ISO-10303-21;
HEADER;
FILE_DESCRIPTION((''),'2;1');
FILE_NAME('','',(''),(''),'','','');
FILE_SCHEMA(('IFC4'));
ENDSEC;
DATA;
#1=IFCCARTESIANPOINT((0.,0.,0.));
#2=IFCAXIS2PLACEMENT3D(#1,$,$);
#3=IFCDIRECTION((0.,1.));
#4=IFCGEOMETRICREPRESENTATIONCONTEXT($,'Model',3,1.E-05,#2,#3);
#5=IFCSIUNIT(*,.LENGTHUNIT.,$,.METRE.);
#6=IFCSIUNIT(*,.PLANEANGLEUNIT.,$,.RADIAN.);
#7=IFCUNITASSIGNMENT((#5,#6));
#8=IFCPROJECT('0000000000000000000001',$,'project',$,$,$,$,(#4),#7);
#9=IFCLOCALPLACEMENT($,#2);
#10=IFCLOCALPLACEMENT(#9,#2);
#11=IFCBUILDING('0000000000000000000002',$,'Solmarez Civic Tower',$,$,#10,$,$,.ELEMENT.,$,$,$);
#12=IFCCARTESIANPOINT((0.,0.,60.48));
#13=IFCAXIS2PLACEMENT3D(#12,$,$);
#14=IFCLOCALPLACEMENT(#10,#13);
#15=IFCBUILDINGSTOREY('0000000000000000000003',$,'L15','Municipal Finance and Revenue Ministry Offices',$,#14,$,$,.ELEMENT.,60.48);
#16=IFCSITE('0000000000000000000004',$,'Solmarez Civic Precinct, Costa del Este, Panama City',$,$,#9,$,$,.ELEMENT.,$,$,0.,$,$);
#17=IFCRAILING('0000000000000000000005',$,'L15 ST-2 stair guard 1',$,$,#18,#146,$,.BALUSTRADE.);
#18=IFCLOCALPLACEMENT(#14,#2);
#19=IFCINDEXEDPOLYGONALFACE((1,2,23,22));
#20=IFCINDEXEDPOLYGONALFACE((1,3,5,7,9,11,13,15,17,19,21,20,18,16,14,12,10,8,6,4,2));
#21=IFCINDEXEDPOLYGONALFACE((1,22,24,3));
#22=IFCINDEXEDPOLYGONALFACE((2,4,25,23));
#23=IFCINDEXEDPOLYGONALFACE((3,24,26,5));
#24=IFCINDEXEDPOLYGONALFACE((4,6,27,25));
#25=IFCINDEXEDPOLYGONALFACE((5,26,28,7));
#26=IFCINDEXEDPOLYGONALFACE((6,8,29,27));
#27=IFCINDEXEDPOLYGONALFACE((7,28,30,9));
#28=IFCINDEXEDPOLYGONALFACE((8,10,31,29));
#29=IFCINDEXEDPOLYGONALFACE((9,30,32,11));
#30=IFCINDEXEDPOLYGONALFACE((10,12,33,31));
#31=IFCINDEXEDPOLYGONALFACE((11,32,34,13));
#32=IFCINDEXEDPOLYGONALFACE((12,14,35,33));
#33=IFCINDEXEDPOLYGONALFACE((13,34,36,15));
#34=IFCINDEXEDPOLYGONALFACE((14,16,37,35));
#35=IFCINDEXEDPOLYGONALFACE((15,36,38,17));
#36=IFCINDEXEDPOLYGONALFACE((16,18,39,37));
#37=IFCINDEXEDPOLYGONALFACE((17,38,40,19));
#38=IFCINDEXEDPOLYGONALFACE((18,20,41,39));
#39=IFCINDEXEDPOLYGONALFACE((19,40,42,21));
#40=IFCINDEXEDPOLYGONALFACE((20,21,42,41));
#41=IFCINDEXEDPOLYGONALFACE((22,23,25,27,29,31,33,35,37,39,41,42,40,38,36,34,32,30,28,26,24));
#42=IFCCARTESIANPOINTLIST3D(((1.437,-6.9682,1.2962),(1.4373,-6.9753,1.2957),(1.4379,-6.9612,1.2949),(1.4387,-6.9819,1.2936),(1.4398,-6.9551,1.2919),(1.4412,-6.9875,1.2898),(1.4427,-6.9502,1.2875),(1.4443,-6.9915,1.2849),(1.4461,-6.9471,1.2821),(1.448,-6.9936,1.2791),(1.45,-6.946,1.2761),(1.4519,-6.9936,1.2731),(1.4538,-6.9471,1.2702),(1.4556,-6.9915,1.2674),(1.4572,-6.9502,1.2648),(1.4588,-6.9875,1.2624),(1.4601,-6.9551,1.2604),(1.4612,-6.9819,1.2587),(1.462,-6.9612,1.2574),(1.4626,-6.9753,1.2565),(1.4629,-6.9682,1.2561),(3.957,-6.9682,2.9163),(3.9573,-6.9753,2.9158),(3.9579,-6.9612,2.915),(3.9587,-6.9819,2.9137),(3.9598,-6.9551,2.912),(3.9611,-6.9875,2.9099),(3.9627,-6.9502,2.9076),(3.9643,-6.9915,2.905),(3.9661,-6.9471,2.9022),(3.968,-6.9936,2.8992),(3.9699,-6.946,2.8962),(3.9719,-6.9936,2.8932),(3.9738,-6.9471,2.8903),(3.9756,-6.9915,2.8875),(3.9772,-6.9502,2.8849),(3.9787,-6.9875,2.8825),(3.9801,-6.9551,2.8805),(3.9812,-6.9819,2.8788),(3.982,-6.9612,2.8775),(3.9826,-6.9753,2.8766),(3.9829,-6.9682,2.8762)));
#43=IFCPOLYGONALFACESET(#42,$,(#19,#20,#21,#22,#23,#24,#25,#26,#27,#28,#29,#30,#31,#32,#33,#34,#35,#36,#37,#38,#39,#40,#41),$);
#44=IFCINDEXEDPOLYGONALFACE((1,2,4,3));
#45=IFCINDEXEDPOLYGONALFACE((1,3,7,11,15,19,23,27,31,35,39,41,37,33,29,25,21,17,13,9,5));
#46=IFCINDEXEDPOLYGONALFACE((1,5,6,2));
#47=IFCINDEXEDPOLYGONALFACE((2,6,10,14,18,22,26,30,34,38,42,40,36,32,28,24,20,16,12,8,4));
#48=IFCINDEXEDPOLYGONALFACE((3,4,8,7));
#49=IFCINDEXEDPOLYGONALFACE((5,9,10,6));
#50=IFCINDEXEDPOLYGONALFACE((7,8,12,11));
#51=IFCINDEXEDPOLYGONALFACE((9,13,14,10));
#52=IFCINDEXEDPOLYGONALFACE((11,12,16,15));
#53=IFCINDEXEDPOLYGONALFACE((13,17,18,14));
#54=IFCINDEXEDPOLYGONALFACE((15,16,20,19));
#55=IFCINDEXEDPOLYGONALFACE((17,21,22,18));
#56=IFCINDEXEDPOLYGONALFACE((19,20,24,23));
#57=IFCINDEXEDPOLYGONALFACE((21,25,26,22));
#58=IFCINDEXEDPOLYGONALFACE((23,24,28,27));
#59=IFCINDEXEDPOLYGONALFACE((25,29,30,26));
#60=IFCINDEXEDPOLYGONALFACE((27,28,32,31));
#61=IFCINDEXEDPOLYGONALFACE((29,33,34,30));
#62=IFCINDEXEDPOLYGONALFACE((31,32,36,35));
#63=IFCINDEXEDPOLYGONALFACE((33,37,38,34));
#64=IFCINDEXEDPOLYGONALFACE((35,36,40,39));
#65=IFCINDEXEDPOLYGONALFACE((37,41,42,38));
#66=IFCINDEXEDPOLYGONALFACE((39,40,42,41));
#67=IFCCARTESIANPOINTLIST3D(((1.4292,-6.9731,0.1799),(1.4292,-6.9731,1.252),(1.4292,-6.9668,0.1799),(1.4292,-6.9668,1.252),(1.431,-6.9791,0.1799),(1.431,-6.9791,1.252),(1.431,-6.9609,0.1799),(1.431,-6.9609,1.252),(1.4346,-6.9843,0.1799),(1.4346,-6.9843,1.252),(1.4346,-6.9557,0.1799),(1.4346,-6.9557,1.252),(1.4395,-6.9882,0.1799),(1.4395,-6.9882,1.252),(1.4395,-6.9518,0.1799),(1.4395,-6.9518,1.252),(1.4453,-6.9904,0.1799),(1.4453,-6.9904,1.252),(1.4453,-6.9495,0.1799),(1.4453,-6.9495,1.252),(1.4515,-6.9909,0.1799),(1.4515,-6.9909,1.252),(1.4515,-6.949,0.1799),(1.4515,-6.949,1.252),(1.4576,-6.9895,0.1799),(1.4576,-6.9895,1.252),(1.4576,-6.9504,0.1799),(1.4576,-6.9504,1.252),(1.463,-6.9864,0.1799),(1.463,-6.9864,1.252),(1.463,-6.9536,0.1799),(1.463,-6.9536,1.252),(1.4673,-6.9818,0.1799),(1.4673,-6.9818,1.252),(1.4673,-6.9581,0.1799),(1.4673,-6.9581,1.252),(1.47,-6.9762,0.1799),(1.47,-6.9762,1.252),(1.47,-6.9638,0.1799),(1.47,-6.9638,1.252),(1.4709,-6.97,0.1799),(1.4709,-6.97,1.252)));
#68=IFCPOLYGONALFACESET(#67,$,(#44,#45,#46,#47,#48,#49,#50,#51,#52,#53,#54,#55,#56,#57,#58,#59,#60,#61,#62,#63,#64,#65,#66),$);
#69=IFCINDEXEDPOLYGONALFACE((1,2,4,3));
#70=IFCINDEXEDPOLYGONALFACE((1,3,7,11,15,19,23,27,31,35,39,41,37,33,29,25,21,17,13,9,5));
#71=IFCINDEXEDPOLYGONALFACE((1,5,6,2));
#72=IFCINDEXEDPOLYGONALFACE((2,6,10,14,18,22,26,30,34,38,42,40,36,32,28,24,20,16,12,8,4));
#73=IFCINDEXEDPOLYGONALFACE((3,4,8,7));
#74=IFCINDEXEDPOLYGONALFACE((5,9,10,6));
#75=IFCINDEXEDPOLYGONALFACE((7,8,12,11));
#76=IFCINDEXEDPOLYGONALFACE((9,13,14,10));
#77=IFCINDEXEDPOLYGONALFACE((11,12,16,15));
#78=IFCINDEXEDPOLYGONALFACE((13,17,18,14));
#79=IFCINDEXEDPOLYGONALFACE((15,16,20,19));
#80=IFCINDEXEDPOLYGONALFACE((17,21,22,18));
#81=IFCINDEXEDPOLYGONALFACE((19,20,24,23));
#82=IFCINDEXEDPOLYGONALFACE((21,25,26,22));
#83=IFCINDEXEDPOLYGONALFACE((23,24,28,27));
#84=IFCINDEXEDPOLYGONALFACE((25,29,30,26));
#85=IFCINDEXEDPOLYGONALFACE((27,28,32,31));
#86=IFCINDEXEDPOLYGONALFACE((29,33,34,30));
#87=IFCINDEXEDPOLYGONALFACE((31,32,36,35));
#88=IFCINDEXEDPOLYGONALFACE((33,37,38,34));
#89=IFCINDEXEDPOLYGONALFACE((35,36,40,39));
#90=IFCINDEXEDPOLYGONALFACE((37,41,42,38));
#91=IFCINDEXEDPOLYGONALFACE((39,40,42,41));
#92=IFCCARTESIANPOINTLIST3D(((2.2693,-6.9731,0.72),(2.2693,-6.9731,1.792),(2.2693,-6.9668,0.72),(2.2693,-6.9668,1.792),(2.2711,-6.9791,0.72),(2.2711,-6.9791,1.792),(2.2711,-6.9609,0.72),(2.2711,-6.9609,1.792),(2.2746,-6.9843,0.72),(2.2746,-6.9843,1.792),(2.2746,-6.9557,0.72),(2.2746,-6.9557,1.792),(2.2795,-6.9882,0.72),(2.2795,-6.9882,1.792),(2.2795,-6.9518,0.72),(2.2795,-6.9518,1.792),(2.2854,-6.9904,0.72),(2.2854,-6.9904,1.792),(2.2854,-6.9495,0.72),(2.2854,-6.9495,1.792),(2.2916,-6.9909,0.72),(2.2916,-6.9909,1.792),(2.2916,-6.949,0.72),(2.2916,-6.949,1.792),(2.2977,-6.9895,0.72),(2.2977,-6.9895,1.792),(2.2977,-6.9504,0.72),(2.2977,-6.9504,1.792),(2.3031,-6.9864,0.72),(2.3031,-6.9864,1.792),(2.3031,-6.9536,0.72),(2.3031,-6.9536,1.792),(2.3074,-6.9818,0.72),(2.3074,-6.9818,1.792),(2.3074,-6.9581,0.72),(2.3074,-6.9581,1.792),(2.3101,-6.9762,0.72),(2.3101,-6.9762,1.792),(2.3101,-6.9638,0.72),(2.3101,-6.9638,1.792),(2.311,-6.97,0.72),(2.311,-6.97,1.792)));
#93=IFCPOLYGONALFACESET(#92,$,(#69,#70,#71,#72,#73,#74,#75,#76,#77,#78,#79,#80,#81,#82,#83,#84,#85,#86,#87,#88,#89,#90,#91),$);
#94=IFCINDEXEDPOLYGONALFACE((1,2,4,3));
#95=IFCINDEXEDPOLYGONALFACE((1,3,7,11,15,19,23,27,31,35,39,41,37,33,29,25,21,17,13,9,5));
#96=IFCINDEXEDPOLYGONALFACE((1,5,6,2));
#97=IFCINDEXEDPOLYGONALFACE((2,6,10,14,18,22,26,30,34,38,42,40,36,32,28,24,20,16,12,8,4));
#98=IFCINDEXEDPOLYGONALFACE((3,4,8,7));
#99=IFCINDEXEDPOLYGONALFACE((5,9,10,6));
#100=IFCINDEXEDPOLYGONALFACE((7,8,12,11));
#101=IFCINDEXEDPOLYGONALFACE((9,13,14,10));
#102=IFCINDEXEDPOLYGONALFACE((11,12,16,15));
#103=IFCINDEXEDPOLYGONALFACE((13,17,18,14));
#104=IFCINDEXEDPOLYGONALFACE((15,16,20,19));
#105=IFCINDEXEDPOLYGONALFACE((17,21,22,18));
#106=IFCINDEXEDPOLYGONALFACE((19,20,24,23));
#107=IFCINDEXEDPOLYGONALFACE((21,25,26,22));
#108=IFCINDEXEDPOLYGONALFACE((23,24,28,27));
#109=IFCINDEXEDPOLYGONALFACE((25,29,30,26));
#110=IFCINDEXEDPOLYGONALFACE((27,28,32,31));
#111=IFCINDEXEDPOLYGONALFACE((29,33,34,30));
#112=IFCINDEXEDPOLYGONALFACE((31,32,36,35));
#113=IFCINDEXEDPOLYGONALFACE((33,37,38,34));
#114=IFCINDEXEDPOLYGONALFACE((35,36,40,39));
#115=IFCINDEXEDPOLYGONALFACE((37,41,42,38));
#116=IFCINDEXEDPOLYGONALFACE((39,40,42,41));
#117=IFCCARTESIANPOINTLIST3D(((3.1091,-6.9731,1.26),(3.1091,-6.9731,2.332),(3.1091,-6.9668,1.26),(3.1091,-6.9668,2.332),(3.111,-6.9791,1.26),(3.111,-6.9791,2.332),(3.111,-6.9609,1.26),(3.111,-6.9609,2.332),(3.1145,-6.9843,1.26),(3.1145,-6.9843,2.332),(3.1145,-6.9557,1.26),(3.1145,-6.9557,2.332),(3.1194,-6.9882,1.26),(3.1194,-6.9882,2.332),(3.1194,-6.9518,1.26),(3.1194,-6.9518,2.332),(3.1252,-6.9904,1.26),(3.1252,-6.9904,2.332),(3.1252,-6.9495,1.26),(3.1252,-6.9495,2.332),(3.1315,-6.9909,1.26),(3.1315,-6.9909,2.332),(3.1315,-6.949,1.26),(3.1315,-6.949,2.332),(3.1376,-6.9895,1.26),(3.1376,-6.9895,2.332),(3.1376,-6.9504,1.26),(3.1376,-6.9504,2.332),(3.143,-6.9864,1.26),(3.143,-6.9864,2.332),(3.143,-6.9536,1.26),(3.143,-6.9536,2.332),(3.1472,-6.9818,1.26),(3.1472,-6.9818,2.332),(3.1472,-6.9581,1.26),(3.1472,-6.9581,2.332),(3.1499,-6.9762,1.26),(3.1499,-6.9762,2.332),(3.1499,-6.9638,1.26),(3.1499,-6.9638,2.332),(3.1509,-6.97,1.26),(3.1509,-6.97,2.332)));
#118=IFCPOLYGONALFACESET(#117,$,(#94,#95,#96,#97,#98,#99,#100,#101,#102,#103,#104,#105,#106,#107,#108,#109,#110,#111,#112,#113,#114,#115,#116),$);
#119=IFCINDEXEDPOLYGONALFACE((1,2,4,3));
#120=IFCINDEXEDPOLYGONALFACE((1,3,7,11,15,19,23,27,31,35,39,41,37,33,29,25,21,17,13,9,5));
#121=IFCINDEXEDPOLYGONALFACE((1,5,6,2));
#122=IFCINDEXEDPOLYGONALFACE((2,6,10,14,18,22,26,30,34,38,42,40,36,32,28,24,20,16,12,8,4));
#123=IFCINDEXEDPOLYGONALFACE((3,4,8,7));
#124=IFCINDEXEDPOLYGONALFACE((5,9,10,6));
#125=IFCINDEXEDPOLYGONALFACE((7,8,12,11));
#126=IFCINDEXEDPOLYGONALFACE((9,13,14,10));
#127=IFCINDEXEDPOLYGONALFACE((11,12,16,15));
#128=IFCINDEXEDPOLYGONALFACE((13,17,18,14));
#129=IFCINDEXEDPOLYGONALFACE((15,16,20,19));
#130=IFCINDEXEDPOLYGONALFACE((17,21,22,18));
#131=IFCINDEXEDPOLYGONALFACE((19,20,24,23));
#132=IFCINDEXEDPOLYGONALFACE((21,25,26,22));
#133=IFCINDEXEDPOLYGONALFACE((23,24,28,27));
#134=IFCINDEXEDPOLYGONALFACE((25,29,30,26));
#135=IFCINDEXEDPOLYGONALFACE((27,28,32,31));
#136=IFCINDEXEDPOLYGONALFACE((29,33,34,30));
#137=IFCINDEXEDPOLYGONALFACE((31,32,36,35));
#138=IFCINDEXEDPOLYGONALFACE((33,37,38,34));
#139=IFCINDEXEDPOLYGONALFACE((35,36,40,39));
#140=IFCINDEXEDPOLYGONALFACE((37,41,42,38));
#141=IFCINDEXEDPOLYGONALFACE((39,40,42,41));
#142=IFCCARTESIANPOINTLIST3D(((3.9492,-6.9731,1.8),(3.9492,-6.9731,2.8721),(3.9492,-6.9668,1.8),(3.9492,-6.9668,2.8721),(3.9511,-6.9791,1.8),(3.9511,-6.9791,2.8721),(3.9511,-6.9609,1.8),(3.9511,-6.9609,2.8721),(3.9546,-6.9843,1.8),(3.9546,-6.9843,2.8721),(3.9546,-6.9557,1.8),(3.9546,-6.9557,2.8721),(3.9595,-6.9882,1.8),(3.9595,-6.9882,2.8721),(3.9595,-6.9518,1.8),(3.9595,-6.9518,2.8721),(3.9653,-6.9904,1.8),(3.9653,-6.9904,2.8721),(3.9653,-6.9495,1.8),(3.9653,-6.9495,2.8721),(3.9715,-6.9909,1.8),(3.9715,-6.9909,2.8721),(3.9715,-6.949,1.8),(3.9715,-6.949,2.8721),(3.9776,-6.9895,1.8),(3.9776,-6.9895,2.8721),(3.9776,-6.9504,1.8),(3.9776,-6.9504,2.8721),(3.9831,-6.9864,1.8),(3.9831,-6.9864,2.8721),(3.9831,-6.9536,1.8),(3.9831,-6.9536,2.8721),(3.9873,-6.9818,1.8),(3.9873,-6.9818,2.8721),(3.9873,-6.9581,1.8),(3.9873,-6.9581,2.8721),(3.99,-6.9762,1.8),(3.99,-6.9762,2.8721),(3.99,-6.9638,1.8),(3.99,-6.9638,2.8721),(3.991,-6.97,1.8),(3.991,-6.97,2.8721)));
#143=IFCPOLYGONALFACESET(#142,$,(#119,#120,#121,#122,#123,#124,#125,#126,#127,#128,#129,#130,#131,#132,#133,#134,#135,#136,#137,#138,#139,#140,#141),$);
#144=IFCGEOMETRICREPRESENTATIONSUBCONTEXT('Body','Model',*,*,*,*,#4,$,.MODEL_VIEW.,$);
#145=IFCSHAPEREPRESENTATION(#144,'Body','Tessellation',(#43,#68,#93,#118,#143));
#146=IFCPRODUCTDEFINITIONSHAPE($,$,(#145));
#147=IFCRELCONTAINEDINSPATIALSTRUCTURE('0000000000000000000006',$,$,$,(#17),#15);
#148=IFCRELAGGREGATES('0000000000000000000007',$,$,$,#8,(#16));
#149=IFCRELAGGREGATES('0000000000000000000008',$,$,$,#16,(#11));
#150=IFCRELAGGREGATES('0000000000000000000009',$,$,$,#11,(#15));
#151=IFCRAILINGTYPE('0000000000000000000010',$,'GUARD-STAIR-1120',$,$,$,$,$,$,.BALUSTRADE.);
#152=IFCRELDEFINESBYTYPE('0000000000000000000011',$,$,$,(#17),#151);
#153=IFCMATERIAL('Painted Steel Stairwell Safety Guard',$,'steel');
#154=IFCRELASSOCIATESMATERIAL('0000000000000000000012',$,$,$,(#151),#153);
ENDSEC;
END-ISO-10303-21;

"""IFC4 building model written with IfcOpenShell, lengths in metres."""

from ifc_helpers import new_model, si_unit, direction, frame, origin, origin_2d, place, context, subcontext, project, spatial, circle, extrude, material, type_object, element, save


model = new_model("IFC4")

# Units and contexts
model_context = context("Model", 3, precision=1e-05, world=origin(), true_north=direction((0.0, 1.0)))
body_context = subcontext(model_context, "Body", "Model", "MODEL_VIEW")
ifc_project = project(units=[si_unit("LENGTHUNIT", "METRE"), si_unit("PLANEANGLEUNIT", "RADIAN")], contexts=[model_context])

# Site, building, storey
site_placement = place(None, origin())
site = spatial("IfcSite", under=ifc_project, at=site_placement, Name="Solmarez Civic Precinct, Costa del Este, Panama City", CompositionType="ELEMENT", RefElevation=0.0)
building_placement = place(site_placement, origin())
building = spatial("IfcBuilding", under=site, at=building_placement, Name="Solmarez Civic Tower", CompositionType="ELEMENT")
storey_placement = place(building_placement, frame((0.0, 0.0, 60.48)))
storey = spatial("IfcBuildingStorey", under=building, at=storey_placement, Name="L15", Description="Municipal Finance and Revenue Ministry Offices", CompositionType="ELEMENT", Elevation=60.48)

# Railing
ifc_material_1 = material(Name="Painted Steel Stairwell Safety Guard", Category="steel")
railing_type_1 = type_object("IfcRailingType", Name="GUARD-STAIR-1120", PredefinedType="BALUSTRADE", material=ifc_material_1)
railing_1_placement = place(storey_placement, frame((1.45, -6.97, 0.1799)))
element("IfcRailing", 1, at=railing_1_placement, inside=storey, type_object=railing_type_1, Name="L15 ST-2 stair guard 1", PredefinedType="BALUSTRADE", context=body_context, shape_type="SweptSolid", body=[
    extrude(circle(Radius=0.0239, at=origin_2d()), frame((0.0, 0.0, 1.0962), z_axis=(0.841163, 0.0, 0.540782), x_axis=(0.0, 1.0, 0.0)), (0.0, 0.0, 1.0), 2.9958),
    extrude(circle(Radius=0.021, at=origin_2d()), origin(), (0.0, 0.0, 1.0), 1.072),
    extrude(circle(Radius=0.021, at=origin_2d()), frame((0.8401, 0.0, 0.54)), (0.0, 0.0, 1.0), 1.072),
    extrude(circle(Radius=0.021, at=origin_2d()), frame((1.6799, 0.0, 1.0801)), (0.0, 0.0, 1.0), 1.072),
    extrude(circle(Radius=0.021, at=origin_2d()), frame((2.52, 0.0, 1.6201)), (0.0, 0.0, 1.0), 1.072),
])

save(model, "model.ifc")
